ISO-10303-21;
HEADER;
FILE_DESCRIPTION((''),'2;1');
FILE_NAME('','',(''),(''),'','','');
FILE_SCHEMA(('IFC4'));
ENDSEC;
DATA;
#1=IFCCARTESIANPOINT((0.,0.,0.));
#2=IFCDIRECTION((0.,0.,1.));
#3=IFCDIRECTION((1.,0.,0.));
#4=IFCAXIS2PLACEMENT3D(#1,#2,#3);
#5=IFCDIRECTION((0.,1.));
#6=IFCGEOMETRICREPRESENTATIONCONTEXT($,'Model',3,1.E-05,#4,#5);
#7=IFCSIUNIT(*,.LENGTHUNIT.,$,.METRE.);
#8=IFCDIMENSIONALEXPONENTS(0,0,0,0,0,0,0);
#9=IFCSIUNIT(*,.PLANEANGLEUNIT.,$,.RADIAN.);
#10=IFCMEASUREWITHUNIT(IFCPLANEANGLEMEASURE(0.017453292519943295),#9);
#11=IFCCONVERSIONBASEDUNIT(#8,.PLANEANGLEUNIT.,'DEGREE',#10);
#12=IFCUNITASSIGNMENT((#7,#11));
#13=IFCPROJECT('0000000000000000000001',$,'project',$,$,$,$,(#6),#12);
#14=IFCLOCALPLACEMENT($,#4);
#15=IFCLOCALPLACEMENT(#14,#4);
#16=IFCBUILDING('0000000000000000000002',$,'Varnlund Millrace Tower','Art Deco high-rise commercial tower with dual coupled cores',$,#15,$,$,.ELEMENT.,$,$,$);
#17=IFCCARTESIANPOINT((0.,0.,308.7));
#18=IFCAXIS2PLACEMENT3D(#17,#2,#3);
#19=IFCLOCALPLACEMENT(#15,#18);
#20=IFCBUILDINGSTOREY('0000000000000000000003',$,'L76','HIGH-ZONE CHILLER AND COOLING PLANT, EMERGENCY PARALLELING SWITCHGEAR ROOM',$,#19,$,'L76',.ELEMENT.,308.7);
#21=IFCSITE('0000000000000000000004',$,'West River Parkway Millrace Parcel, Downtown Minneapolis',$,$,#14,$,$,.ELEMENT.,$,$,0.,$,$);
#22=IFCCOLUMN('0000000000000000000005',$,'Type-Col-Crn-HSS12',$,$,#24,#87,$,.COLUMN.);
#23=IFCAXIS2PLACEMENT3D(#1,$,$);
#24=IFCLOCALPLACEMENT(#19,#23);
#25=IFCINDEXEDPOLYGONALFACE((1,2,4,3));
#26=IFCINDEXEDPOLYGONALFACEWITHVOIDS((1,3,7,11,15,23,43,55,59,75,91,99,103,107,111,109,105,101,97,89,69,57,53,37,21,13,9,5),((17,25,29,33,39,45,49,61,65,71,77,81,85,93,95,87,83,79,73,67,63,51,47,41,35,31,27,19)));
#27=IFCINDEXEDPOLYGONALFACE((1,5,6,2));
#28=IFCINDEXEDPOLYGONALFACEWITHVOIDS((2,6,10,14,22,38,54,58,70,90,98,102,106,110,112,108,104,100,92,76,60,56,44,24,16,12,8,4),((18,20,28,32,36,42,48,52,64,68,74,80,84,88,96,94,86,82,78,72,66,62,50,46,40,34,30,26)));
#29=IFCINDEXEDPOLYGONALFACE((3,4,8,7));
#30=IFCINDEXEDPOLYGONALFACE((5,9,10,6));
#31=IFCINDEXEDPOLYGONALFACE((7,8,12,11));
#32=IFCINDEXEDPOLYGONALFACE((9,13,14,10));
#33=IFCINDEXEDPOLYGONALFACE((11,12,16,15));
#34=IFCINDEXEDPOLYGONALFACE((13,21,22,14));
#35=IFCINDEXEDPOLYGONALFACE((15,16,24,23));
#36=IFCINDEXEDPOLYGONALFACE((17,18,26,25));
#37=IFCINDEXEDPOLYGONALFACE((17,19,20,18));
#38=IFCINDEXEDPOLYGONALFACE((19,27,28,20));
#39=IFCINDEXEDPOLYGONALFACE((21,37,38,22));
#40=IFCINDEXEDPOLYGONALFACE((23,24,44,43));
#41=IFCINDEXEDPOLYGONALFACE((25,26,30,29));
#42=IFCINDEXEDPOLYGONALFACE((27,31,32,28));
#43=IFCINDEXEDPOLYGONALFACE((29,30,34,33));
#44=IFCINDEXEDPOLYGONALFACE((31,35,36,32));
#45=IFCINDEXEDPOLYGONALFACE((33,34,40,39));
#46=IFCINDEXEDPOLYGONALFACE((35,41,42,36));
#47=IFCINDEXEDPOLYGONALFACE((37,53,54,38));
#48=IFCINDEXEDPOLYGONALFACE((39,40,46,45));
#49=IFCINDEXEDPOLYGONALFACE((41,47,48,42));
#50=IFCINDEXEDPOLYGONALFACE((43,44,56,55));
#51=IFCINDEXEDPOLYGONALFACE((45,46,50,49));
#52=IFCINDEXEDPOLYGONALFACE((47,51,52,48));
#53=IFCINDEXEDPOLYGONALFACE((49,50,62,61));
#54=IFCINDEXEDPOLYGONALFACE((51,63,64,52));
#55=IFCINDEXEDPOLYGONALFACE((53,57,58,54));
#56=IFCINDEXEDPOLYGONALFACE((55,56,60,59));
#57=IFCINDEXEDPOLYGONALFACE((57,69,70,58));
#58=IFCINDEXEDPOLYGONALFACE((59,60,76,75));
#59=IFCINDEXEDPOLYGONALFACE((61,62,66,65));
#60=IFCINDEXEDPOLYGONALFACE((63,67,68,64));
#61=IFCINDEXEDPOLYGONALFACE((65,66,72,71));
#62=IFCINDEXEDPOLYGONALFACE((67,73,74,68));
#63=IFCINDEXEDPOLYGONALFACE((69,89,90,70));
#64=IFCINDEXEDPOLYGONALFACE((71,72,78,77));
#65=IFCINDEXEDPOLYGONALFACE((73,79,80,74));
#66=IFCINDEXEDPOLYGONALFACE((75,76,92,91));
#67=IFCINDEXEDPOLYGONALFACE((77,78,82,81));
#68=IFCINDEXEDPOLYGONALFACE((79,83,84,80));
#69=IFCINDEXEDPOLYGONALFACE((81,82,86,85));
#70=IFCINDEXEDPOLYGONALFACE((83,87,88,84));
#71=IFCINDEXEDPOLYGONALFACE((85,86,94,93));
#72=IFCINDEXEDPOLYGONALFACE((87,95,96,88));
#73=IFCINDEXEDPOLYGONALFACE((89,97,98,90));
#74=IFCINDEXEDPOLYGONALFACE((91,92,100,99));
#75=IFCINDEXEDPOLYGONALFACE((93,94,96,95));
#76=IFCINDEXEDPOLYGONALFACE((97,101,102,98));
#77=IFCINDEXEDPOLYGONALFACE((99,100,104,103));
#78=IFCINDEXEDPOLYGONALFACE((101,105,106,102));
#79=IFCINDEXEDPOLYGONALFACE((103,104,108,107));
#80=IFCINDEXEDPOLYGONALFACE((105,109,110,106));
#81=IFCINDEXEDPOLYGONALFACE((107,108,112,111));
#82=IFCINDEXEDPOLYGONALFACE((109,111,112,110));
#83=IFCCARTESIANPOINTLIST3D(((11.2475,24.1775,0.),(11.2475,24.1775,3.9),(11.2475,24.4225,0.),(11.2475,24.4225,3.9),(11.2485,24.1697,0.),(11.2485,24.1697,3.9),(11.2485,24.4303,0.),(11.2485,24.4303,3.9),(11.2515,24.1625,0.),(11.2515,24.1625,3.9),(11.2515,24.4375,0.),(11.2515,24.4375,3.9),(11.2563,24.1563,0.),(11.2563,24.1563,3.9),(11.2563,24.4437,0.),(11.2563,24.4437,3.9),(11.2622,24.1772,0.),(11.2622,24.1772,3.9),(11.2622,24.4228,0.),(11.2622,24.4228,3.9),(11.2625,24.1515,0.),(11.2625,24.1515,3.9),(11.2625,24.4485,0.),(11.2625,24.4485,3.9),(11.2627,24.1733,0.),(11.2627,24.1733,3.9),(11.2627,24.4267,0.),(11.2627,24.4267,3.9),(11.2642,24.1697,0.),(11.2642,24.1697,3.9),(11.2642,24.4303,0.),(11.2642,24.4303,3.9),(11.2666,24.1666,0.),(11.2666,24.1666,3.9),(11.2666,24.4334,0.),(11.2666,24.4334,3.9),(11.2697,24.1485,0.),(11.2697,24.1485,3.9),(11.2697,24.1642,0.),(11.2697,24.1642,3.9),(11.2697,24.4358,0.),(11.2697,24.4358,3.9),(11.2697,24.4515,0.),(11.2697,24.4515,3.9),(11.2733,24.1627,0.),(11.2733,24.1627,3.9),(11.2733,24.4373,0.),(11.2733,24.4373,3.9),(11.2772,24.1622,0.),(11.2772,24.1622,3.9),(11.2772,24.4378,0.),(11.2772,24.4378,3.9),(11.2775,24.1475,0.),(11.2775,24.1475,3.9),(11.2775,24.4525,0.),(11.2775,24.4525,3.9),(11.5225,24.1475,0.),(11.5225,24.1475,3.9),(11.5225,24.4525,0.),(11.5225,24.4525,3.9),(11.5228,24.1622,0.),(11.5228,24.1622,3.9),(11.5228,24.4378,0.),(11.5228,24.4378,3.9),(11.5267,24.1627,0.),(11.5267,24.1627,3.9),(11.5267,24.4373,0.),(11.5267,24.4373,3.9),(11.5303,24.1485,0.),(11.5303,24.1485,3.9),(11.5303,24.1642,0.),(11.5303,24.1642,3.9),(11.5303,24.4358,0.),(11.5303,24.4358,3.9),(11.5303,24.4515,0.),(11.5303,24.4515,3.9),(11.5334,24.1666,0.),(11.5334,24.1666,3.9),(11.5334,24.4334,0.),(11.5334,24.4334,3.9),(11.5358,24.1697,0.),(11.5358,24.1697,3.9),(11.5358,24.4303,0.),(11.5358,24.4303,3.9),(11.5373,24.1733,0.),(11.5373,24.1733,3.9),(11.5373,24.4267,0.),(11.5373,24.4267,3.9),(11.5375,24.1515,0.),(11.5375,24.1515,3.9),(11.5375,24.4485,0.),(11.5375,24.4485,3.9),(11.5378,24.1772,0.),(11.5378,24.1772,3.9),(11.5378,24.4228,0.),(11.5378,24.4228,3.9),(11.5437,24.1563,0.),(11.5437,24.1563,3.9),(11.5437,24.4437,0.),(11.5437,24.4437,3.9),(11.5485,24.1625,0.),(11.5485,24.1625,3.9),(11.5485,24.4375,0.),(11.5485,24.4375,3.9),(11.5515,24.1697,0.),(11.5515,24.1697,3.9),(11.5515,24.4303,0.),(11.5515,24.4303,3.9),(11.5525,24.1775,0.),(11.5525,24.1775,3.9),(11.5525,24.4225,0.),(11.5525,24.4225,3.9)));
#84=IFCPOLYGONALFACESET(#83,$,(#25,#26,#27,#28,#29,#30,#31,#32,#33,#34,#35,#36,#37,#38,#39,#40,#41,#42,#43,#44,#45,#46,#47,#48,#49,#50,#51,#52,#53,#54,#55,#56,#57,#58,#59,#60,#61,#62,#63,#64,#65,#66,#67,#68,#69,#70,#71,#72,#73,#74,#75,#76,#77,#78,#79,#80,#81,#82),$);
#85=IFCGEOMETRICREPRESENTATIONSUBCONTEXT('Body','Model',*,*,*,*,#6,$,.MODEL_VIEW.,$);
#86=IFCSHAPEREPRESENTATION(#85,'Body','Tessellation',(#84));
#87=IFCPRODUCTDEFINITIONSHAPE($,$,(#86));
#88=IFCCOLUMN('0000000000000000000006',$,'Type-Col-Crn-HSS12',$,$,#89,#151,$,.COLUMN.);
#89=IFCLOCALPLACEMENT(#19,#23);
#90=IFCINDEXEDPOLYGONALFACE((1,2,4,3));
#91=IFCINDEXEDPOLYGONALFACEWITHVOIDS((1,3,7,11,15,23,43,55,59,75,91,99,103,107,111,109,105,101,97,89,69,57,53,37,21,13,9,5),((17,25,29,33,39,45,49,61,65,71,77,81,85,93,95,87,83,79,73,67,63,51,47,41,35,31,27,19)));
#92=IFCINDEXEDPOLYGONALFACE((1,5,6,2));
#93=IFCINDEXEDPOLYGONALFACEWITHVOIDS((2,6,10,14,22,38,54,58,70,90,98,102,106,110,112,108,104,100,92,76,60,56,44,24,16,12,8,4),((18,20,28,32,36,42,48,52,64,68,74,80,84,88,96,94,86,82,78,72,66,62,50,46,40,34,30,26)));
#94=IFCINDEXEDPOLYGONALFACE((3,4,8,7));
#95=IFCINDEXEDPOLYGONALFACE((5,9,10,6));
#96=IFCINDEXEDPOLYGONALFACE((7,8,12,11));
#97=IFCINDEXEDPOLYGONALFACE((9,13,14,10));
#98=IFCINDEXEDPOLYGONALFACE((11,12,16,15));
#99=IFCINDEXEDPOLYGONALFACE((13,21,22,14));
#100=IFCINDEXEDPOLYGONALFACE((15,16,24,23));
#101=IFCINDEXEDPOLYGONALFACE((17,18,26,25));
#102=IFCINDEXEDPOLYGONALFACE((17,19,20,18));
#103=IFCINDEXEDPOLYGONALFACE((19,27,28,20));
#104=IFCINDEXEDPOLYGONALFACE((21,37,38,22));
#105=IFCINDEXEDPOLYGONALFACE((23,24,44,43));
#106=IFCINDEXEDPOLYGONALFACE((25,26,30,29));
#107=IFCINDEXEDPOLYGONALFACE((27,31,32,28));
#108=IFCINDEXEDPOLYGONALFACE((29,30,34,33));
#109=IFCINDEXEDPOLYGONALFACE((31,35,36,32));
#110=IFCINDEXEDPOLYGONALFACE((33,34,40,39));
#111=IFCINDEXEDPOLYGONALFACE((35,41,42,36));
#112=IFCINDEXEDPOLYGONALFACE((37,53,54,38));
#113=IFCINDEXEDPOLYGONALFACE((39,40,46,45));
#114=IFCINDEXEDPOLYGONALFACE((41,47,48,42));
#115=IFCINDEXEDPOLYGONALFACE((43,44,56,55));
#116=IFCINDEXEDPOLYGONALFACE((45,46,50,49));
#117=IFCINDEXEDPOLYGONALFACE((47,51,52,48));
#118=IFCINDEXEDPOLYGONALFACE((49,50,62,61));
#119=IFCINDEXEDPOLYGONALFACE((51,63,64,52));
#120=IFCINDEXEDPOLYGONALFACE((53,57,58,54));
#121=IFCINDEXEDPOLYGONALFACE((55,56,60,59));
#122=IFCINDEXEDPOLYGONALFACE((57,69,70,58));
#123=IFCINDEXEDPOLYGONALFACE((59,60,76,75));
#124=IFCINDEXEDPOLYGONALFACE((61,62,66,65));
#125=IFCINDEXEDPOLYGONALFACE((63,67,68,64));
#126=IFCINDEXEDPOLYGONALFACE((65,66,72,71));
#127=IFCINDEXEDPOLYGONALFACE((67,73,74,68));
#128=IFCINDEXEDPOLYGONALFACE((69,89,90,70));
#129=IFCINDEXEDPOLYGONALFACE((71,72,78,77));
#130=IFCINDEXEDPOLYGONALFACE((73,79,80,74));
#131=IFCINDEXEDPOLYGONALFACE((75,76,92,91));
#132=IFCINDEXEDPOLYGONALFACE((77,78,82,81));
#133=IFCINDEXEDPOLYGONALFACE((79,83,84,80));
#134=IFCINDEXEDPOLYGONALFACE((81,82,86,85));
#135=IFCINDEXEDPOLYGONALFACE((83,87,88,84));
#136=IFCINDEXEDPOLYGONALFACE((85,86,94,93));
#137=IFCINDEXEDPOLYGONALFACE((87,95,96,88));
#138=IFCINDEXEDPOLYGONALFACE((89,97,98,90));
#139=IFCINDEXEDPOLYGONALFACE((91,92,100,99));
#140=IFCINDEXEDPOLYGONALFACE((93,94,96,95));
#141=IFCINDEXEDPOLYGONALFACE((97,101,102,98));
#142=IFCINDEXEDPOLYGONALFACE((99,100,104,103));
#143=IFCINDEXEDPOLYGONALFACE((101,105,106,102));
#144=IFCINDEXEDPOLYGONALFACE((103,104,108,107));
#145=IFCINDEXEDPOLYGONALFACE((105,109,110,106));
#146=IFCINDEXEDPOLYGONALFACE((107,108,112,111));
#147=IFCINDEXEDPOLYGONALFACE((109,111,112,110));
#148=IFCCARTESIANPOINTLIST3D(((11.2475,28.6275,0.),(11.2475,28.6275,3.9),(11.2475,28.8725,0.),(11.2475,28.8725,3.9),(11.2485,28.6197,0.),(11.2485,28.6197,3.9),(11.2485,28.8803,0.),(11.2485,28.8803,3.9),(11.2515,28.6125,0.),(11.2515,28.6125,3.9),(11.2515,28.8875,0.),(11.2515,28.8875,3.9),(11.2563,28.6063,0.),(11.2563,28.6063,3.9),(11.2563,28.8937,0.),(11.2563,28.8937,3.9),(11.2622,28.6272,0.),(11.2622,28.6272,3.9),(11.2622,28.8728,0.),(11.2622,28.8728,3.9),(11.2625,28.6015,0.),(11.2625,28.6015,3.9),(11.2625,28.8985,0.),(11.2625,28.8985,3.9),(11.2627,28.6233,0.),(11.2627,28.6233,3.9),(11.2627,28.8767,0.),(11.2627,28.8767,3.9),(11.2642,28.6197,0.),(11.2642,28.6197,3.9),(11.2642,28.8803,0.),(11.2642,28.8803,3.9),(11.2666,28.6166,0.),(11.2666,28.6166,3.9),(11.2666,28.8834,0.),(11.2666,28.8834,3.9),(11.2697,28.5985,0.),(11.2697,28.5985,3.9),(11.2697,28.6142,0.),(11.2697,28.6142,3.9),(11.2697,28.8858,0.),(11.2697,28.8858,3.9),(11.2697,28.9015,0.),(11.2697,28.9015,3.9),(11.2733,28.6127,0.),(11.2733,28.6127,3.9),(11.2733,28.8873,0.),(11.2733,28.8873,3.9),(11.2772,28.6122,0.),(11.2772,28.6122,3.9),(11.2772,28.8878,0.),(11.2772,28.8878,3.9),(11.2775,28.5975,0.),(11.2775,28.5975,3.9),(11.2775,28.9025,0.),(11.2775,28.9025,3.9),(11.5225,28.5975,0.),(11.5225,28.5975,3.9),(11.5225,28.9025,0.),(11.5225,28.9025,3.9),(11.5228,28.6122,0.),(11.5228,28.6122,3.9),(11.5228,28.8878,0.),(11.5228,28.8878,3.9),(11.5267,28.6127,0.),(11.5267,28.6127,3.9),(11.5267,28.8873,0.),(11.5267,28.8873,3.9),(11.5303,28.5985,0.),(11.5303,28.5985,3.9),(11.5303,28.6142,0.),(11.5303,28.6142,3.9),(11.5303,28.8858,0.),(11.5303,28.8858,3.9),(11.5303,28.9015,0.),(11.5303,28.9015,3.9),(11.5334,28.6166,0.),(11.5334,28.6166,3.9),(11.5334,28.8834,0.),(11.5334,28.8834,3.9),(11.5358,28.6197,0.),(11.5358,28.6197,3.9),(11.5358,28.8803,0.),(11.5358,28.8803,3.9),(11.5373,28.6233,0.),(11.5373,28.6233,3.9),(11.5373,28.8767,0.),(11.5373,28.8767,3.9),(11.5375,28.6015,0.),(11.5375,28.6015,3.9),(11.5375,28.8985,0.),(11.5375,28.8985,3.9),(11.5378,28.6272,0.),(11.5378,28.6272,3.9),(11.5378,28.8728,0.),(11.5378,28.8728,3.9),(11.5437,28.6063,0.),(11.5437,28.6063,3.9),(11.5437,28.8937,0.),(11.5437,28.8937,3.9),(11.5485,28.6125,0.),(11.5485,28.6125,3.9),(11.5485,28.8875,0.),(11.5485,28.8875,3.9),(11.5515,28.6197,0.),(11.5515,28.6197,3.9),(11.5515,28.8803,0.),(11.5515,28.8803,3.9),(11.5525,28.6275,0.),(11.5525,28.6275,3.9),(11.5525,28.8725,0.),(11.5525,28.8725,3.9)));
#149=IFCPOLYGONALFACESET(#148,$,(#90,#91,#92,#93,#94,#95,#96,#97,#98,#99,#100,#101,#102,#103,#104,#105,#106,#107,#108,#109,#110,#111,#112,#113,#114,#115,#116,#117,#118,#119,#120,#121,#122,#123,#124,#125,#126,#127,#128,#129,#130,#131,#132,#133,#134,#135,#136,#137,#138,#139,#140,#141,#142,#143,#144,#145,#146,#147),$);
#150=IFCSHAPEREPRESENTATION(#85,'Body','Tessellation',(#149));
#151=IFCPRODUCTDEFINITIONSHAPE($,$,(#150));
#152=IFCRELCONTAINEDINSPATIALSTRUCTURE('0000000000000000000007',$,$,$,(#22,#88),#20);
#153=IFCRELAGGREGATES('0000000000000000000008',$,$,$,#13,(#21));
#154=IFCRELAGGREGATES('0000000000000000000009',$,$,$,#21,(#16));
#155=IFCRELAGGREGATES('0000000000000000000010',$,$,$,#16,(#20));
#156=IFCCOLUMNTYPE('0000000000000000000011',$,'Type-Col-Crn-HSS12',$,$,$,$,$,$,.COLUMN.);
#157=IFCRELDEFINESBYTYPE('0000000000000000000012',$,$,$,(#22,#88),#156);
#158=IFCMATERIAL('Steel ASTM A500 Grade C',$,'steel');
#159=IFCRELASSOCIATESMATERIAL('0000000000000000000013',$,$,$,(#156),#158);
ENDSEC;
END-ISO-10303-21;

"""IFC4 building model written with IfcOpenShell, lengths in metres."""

from ifc_helpers import new_model, entity, si_unit, converted_unit, direction, frame, origin_with_axes, origin_2d_with_axis, place, context, subcontext, project, spatial, hollow_rectangle, extrude, material, material_profile, profile_set, type_object, element, save


model = new_model("IFC4")

# Units and contexts
model_context = context("Model", 3, precision=1e-05, world=origin_with_axes(), true_north=direction((0.0, 1.0)))
body_context = subcontext(model_context, "Body", "Model", "MODEL_VIEW")
ifc_project = project(units=[si_unit("LENGTHUNIT", "METRE"), converted_unit("PLANEANGLEUNIT", "DEGREE", entity("IfcPlaneAngleMeasure", 0.017453292519943295), si_unit("PLANEANGLEUNIT", "RADIAN"), dimensions=[0, 0, 0, 0, 0, 0, 0])], contexts=[model_context])

# Site, building, storey
site_placement = place(None, origin_with_axes())
site = spatial("IfcSite", under=ifc_project, at=site_placement, Name="West River Parkway Millrace Parcel, Downtown Minneapolis", CompositionType="ELEMENT", RefElevation=0.0)
building_placement = place(site_placement, origin_with_axes())
building = spatial("IfcBuilding", under=site, at=building_placement, Name="Varnlund Millrace Tower", Description="Art Deco high-rise commercial tower with dual coupled cores", CompositionType="ELEMENT")
storey_placement = place(building_placement, frame((0.0, 0.0, 308.7), z_axis=(0.0, 0.0, 1.0), x_axis=(1.0, 0.0, 0.0)))
storey = spatial("IfcBuildingStorey", under=building, at=storey_placement, Name="L76", Description="HIGH-ZONE CHILLER AND COOLING PLANT, EMERGENCY PARALLELING SWITCHGEAR ROOM", LongName="L76", CompositionType="ELEMENT", Elevation=308.7)

# Columns
ifc_material_1 = material(Name="Steel ASTM A500 Grade C", Category="steel")
ifc_material_profile = material_profile(ifc_material_1, hollow_rectangle(XDim=0.305, YDim=0.305, WallThickness=0.0147, InnerFilletRadius=0.015, OuterFilletRadius=0.03, at=origin_2d_with_axis()), Name="Steel ASTM A500 Grade C")
ifc_profile_set = profile_set([ifc_material_profile], Name="Steel ASTM A500 Grade C")
column_type = type_object("IfcColumnType", Name="Type-Col-Crn-HSS12", PredefinedType="COLUMN", material=ifc_profile_set)
for number, where, z_axis, x_axis, name in (
    (1, (11.4, 24.3, 0.0), (0.0, 0.0, 1.0), (1.0, 0.0, 0.0), "Type-Col-Crn-HSS12"),
    (2, (11.4, 28.75, 0.0), (0.0, 0.0, 1.0), (1.0, 0.0, 0.0), "Type-Col-Crn-HSS12"),
):
    element("IfcColumn", number, at=place(storey_placement, frame(where, z_axis=z_axis, x_axis=x_axis)), inside=storey, type_object=column_type, Name=name, PredefinedType="COLUMN", context=body_context, shape_type="SweptSolid", body=[
        extrude(hollow_rectangle(XDim=0.305, YDim=0.305, WallThickness=0.0147, InnerFilletRadius=0.015, OuterFilletRadius=0.03, at=origin_2d_with_axis()), origin_with_axes(), (0.0, 0.0, 1.0), 3.9),
    ])

save(model, "model.ifc")
